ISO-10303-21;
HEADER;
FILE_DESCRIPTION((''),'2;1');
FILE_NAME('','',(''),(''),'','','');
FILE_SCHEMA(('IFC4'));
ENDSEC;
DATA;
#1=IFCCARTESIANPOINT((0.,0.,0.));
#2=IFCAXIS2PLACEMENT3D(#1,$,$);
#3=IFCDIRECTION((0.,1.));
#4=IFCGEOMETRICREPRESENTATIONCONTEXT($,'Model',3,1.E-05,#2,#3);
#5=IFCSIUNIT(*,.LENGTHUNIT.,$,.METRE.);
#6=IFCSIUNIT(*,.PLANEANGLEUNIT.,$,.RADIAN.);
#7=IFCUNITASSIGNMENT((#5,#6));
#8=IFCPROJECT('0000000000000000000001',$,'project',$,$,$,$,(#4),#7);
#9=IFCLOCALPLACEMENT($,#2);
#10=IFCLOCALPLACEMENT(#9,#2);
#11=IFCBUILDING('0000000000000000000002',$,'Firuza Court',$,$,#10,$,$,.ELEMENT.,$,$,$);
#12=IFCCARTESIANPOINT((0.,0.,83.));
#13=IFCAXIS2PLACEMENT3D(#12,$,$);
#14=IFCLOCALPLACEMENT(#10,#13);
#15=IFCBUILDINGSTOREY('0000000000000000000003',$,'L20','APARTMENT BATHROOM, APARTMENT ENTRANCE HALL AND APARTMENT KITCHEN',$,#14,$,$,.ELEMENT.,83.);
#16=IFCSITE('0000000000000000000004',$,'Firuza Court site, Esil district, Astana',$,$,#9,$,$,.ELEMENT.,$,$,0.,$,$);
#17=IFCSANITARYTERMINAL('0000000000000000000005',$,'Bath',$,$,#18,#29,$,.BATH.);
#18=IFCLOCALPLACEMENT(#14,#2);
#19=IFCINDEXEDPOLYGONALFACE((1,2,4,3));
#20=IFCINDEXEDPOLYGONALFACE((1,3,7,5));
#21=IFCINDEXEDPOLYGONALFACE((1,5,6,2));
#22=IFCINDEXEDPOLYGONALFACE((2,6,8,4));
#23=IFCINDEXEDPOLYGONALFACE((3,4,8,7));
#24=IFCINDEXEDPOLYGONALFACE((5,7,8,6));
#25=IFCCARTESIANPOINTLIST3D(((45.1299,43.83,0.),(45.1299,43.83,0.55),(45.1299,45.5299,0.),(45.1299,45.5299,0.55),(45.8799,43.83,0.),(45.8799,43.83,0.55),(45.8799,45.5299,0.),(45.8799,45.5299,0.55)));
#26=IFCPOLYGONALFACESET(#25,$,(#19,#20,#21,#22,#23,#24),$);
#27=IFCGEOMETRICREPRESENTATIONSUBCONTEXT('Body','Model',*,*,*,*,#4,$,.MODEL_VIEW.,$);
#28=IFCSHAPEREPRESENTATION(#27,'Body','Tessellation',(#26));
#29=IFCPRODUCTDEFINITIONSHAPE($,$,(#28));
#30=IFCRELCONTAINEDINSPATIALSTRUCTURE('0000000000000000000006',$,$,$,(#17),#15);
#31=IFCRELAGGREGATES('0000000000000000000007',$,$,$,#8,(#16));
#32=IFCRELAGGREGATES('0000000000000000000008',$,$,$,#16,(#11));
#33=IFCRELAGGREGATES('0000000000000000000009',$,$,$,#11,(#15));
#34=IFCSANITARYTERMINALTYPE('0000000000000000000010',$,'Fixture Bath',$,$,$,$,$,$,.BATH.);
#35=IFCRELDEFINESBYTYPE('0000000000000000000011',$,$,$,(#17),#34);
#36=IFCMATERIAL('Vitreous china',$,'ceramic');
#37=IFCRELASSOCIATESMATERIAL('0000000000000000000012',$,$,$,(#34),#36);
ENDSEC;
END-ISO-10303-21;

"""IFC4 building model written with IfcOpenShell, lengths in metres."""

from ifc_helpers import new_model, si_unit, direction, frame, origin, origin_2d, place, context, subcontext, project, spatial, rectangle, extrude, material, type_object, element, save


model = new_model("IFC4")

# Units and contexts
model_context = context("Model", 3, precision=1e-05, world=origin(), true_north=direction((0.0, 1.0)))
body_context = subcontext(model_context, "Body", "Model", "MODEL_VIEW")
ifc_project = project(units=[si_unit("LENGTHUNIT", "METRE"), si_unit("PLANEANGLEUNIT", "RADIAN")], contexts=[model_context])

# Site, building, storey
site_placement = place(None, origin())
site = spatial("IfcSite", under=ifc_project, at=site_placement, Name="Firuza Court site, Esil district, Astana", CompositionType="ELEMENT", RefElevation=0.0)
building_placement = place(site_placement, origin())
building = spatial("IfcBuilding", under=site, at=building_placement, Name="Firuza Court", CompositionType="ELEMENT")
storey_placement = place(building_placement, frame((0.0, 0.0, 83.0)))
storey = spatial("IfcBuildingStorey", under=building, at=storey_placement, Name="L20", Description="APARTMENT BATHROOM, APARTMENT ENTRANCE HALL AND APARTMENT KITCHEN", CompositionType="ELEMENT", Elevation=83.0)

# Sanitary terminal
ifc_material_1 = material(Name="Vitreous china", Category="ceramic")
sanitary_terminal_type = type_object("IfcSanitaryTerminalType", Name="Fixture Bath", PredefinedType="BATH", material=ifc_material_1)
sanitary_terminal_placement = place(storey_placement, frame((45.5049, 44.6799, 0.0), z_axis=(0.0, 0.0, 1.0), x_axis=(1.0, 0.0, 0.0)))
element("IfcSanitaryTerminal", 1, at=sanitary_terminal_placement, inside=storey, type_object=sanitary_terminal_type, Name="Bath", PredefinedType="BATH", context=body_context, shape_type="SweptSolid", body=[
    extrude(rectangle(XDim=0.75, YDim=1.7, at=origin_2d()), origin(), (0.0, 0.0, 1.0), 0.55),
])

save(model, "model.ifc")
